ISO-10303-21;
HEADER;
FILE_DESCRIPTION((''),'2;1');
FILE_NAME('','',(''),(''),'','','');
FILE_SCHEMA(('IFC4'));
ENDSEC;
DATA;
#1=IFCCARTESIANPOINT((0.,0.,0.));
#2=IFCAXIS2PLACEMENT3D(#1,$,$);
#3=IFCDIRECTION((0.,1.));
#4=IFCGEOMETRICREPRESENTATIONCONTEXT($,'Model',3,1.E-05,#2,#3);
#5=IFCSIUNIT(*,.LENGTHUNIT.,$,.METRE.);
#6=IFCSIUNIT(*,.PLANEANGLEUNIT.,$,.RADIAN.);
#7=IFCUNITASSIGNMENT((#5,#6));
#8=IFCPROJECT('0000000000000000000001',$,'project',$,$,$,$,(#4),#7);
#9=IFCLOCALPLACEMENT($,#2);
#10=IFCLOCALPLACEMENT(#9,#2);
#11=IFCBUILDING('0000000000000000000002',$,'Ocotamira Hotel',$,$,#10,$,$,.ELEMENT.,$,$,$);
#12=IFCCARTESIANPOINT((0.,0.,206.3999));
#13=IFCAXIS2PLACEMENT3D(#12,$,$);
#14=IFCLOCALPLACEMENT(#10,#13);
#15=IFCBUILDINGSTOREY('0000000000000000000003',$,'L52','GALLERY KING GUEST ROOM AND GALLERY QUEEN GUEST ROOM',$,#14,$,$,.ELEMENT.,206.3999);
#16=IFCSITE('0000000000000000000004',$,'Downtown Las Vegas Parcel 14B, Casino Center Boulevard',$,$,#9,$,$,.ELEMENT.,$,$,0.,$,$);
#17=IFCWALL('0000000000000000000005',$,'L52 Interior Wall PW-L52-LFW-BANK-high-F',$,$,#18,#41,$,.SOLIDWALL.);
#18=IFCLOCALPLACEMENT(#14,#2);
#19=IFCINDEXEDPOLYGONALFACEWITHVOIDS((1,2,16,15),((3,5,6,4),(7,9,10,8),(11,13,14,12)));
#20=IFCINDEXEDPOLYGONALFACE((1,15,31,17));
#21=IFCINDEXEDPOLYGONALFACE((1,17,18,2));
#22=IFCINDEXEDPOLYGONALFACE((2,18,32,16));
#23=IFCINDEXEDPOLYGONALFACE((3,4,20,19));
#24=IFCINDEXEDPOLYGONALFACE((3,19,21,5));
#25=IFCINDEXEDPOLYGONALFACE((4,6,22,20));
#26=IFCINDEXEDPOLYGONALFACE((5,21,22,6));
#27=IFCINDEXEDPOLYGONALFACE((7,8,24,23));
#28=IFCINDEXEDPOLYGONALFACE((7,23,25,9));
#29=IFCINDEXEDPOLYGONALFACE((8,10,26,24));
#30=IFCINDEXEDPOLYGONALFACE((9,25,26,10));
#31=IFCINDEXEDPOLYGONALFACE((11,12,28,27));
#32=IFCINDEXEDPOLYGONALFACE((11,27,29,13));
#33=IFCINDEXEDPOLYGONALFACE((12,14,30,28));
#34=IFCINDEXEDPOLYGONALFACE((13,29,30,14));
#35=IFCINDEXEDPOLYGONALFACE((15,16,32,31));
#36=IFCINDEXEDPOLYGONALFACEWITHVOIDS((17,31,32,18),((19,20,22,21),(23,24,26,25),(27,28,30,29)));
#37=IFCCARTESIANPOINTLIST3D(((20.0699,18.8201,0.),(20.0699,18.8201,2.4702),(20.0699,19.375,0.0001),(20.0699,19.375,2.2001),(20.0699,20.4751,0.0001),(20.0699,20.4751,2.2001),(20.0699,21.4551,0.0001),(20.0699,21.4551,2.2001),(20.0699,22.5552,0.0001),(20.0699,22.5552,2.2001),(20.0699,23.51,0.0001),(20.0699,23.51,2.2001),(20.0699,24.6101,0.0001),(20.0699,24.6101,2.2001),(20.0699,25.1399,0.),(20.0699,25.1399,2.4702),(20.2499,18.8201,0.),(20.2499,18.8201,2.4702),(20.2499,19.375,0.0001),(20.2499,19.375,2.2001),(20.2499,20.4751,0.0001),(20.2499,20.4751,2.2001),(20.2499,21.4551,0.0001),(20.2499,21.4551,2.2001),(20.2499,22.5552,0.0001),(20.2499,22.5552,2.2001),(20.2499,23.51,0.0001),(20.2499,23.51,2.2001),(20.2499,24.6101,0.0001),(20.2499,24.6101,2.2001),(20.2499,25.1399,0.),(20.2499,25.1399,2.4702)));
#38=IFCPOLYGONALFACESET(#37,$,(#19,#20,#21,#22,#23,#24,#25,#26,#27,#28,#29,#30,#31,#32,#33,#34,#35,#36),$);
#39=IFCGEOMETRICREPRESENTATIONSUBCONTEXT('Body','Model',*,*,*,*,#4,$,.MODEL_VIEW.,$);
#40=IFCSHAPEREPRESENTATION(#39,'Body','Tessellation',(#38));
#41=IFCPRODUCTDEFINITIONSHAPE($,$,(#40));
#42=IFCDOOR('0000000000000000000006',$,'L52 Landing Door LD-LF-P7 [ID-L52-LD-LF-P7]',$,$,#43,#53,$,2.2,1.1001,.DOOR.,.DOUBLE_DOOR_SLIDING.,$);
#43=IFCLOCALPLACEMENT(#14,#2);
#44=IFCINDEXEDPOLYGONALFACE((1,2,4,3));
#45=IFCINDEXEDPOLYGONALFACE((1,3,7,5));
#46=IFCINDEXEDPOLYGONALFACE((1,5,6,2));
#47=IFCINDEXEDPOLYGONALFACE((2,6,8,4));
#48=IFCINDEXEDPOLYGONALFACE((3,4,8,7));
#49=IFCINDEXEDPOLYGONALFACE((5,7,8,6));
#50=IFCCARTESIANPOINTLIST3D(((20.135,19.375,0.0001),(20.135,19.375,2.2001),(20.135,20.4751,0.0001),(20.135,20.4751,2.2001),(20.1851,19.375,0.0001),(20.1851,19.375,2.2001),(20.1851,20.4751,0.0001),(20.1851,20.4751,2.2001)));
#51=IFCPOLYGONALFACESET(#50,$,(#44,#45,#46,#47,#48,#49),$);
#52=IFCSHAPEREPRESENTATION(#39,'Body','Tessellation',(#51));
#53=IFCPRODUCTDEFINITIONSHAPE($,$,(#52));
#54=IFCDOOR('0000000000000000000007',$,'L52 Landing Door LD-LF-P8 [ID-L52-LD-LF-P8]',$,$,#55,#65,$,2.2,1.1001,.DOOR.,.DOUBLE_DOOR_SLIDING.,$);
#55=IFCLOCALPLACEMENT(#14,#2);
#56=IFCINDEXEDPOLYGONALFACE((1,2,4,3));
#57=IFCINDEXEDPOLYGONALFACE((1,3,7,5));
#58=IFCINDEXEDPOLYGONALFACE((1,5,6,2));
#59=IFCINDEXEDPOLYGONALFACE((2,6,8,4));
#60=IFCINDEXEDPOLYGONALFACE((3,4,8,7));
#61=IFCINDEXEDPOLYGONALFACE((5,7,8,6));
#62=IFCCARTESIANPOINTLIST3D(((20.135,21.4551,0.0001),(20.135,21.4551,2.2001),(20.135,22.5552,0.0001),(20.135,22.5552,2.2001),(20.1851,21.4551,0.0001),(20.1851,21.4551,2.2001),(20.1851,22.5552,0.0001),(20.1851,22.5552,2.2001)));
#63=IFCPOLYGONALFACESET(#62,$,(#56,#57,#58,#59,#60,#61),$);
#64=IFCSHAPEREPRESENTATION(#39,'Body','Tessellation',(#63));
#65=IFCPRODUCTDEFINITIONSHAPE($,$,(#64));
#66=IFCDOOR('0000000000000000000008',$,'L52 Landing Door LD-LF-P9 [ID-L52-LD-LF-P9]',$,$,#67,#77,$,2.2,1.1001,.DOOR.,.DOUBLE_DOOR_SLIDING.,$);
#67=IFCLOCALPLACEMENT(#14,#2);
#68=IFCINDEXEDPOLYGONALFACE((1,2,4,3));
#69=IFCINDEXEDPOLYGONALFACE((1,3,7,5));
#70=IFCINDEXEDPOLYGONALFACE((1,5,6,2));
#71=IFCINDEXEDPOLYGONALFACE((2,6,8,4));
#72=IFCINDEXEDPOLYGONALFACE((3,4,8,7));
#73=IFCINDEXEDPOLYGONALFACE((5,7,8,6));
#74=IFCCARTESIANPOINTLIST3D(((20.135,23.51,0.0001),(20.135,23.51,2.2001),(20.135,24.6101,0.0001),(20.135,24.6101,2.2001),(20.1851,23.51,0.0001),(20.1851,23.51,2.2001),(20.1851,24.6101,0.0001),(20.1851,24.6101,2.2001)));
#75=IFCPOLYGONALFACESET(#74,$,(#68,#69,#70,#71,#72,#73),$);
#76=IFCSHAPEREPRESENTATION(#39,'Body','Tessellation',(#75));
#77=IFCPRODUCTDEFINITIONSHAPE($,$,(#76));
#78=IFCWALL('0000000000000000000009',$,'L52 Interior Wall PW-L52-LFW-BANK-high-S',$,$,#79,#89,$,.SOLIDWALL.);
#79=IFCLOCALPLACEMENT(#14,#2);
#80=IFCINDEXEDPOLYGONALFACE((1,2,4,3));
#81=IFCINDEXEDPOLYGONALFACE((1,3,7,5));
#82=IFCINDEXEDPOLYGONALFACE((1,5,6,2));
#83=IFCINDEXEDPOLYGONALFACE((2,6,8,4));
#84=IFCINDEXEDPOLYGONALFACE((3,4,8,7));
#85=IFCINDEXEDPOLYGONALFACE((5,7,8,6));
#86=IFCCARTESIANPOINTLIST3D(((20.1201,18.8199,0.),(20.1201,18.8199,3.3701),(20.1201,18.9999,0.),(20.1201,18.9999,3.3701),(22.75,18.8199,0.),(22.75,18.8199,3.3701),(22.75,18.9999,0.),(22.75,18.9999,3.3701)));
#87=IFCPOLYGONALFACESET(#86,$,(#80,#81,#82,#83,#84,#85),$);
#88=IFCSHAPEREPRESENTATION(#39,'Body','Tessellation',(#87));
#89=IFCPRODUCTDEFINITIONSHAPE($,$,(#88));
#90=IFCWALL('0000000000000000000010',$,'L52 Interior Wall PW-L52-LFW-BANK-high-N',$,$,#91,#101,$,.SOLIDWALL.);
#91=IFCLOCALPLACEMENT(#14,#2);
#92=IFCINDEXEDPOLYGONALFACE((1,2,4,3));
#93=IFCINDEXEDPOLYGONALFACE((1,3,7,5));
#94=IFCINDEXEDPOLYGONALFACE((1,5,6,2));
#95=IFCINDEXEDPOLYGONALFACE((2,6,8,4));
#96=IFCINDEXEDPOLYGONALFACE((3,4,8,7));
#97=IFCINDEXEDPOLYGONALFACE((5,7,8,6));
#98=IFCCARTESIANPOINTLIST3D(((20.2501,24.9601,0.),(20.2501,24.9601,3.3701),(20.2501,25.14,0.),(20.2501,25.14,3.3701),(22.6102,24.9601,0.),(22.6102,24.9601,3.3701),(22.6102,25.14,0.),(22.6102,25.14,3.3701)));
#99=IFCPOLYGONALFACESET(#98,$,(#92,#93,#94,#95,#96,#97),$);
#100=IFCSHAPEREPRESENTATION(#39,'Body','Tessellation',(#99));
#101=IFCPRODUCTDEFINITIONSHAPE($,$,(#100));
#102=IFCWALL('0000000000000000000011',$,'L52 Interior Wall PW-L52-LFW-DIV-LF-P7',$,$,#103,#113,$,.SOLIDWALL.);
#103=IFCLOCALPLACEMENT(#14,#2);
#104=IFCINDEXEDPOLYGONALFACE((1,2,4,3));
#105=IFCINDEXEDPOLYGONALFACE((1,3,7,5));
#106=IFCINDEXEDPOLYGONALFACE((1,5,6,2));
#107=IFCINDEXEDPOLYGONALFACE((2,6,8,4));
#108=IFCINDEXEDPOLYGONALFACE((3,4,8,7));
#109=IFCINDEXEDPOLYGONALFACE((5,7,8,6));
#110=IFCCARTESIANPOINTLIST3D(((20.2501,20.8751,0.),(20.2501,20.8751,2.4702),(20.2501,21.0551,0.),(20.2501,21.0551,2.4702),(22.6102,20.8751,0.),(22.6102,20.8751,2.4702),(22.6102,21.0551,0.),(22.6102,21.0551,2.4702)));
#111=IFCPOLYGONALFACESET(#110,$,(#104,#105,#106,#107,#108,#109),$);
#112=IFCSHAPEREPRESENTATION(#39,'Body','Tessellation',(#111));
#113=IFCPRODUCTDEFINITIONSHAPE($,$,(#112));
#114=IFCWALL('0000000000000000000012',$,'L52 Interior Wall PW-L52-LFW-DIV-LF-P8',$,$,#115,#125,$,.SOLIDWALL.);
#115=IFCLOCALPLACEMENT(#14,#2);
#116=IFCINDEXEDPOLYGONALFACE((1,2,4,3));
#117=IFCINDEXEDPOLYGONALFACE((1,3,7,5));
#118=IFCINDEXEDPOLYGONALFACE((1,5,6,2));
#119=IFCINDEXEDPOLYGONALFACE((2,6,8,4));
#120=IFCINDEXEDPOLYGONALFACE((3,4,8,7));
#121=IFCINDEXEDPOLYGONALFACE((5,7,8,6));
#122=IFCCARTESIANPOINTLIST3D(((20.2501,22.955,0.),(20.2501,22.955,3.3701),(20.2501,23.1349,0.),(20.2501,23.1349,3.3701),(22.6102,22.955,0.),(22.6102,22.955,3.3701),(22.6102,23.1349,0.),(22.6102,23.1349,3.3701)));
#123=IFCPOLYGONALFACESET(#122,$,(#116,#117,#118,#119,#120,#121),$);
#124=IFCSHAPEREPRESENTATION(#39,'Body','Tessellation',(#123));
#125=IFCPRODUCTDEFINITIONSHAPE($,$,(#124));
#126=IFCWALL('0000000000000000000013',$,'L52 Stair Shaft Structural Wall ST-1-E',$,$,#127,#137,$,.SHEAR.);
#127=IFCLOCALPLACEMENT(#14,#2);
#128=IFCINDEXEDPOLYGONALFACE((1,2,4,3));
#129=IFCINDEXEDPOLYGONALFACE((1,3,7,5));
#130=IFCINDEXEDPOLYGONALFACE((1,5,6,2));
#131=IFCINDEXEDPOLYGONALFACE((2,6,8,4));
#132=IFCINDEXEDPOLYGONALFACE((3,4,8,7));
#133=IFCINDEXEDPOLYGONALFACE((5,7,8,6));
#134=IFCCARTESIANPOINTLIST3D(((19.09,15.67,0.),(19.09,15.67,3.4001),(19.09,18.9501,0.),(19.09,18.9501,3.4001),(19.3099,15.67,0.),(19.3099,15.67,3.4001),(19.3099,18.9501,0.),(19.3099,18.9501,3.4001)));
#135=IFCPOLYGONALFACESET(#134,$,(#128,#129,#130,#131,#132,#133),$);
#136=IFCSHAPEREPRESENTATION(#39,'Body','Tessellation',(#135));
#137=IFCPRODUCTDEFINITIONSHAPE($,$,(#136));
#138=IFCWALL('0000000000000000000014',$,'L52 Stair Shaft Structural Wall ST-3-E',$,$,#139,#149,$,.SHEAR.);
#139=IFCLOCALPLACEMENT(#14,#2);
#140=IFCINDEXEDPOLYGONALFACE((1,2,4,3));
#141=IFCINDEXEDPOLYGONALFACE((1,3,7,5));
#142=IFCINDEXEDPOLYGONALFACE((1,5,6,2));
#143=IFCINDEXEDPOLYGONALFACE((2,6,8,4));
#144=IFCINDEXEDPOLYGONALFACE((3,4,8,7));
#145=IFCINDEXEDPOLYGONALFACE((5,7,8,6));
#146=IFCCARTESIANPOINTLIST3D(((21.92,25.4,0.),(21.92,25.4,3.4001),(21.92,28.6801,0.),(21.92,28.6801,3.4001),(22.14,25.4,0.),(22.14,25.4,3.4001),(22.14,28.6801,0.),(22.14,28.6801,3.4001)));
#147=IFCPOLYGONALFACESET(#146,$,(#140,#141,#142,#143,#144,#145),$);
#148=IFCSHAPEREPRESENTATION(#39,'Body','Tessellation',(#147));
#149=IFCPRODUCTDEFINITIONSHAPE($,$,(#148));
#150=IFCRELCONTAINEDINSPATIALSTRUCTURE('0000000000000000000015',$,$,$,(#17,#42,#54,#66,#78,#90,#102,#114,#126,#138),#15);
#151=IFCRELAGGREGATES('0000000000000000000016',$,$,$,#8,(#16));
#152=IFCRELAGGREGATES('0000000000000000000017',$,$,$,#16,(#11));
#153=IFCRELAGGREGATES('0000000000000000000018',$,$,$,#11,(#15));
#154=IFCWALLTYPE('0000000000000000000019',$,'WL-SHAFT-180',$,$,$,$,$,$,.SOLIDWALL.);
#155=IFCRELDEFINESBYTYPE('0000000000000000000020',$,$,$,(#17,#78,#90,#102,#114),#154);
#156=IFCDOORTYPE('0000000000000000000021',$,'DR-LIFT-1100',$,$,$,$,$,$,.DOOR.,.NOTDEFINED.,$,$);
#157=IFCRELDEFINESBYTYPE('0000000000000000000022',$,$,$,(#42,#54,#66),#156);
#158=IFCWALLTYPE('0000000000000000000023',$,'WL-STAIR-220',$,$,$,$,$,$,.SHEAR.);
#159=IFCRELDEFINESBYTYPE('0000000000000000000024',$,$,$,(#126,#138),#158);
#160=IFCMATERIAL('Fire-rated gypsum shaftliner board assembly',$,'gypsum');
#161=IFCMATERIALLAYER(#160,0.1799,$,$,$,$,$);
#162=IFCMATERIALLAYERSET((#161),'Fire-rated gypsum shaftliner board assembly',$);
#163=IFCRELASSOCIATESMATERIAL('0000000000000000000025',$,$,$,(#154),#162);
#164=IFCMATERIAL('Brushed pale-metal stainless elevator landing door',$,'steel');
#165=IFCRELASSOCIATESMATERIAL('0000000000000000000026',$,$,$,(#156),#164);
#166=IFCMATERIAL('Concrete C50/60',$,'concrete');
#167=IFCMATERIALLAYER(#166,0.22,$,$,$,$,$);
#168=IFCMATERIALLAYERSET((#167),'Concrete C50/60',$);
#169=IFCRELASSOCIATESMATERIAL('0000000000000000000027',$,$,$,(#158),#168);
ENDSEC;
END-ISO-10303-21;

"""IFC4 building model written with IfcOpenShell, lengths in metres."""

from ifc_helpers import new_model, si_unit, direction, frame, frame_2d, origin, place, context, subcontext, project, spatial, rectangle, extrude, source, transform, mapped, material, layer, layer_set, type_object, element, fill, save


model = new_model("IFC4")

# Units and contexts
model_context = context("Model", 3, precision=1e-05, world=origin(), true_north=direction((0.0, 1.0)))
body_context = subcontext(model_context, "Body", "Model", "MODEL_VIEW")
ifc_project = project(units=[si_unit("LENGTHUNIT", "METRE"), si_unit("PLANEANGLEUNIT", "RADIAN")], contexts=[model_context])

# Site, building, storey
site_placement = place(None, origin())
site = spatial("IfcSite", under=ifc_project, at=site_placement, Name="Downtown Las Vegas Parcel 14B, Casino Center Boulevard", CompositionType="ELEMENT", RefElevation=0.0)
building_placement = place(site_placement, origin())
building = spatial("IfcBuilding", under=site, at=building_placement, Name="Ocotamira Hotel", CompositionType="ELEMENT")
storey_placement = place(building_placement, frame((0.0, 0.0, 206.3999)))
storey = spatial("IfcBuildingStorey", under=building, at=storey_placement, Name="L52", Description="GALLERY KING GUEST ROOM AND GALLERY QUEEN GUEST ROOM", CompositionType="ELEMENT", Elevation=206.3999)

# Shared definitions
ifc_material_1 = material(Name="Concrete C50/60", Category="concrete")

# Wall, openings, doors
ifc_material_2 = material(Name="Fire-rated gypsum shaftliner board assembly", Category="gypsum")
ifc_layer_1 = layer(ifc_material_2, 0.1799)
ifc_layer_set_1 = layer_set([ifc_layer_1], Name="Fire-rated gypsum shaftliner board assembly")
wall_type_1 = type_object("IfcWallType", Name="WL-SHAFT-180", PredefinedType="SOLIDWALL", material=ifc_layer_set_1)
wall_1_placement = place(storey_placement, frame((20.1599, 18.8201, 0.0), z_axis=(0.0, 0.0, 1.0), x_axis=(0.0, 1.0, 0.0)))
wall_1 = element("IfcWall", 1, at=wall_1_placement, inside=storey, type_object=wall_type_1, Name="L52 Interior Wall PW-L52-LFW-BANK-high-F", PredefinedType="SOLIDWALL", context=body_context, shape_type="SweptSolid", body=[
    extrude(rectangle(XDim=6.3198, YDim=0.1799, at=frame_2d((3.1599, 0.0))), origin(), (0.0, 0.0, 1.0), 2.4702),
])
opening_1_placement = place(wall_1_placement, frame((0.5549, 0.0, 0.0)))
opening_1 = element("IfcOpeningElement", 2, at=opening_1_placement, cuts=wall_1, PredefinedType="OPENING", context=body_context, shape_type="SweptSolid", body=[
    extrude(rectangle(XDim=1.1001, YDim=2.2, at=frame_2d((0.55, 1.1001))), frame((0.0, 0.1001, 0.0), z_axis=(0.0, -1.0, 0.0), x_axis=(1.0, 0.0, 0.0)), (0.0, 0.0, 1.0), 0.2),
])
opening_2_placement = place(wall_1_placement, frame((2.635, 0.0, 0.0)))
opening_2 = element("IfcOpeningElement", 3, at=opening_2_placement, cuts=wall_1, PredefinedType="OPENING", context=body_context, shape_type="SweptSolid", body=[
    extrude(rectangle(XDim=1.1001, YDim=2.2, at=frame_2d((0.55, 1.1001))), frame((0.0, 0.1001, 0.0), z_axis=(0.0, -1.0, 0.0), x_axis=(1.0, 0.0, 0.0)), (0.0, 0.0, 1.0), 0.2),
])
opening_3_placement = place(wall_1_placement, frame((4.6899, 0.0, 0.0)))
opening_3 = element("IfcOpeningElement", 4, at=opening_3_placement, cuts=wall_1, PredefinedType="OPENING", context=body_context, shape_type="SweptSolid", body=[
    extrude(rectangle(XDim=1.1001, YDim=2.2, at=frame_2d((0.55, 1.1001))), frame((0.0, 0.1001, 0.0), z_axis=(0.0, -1.0, 0.0), x_axis=(1.0, 0.0, 0.0)), (0.0, 0.0, 1.0), 0.2),
])
ifc_material_3 = material(Name="Brushed pale-metal stainless elevator landing door", Category="steel")
door_type = type_object("IfcDoorType", Name="DR-LIFT-1100", OperationType="NOTDEFINED", PredefinedType="DOOR", material=ifc_material_3)
shared_shape_1 = source(origin(), body_context, "Body", "SweptSolid", [
    extrude(rectangle(XDim=1.1001, YDim=2.2, at=frame_2d((0.55, 1.1001))), frame((0.0, 0.0249, 0.0), z_axis=(0.0, -1.0, 0.0), x_axis=(1.0, 0.0, 0.0)), (0.0, 0.0, 1.0), 0.05),
])
door_1_placement = place(opening_1_placement, origin())
door_1 = element("IfcDoor", 5, at=door_1_placement, inside=storey, type_object=door_type, Name="L52 Landing Door LD-LF-P7 [ID-L52-LD-LF-P7]", OperationType="DOUBLE_DOOR_SLIDING", OverallHeight=2.2, OverallWidth=1.1001, PredefinedType="DOOR", context=body_context, shape_type="MappedRepresentation", body=[
    mapped(shared_shape_1, transform((0.0, 0.0, 0.0), scale=1.0)),
])
fill(opening_1, door_1)
door_2_placement = place(opening_2_placement, origin())
door_2 = element("IfcDoor", 6, at=door_2_placement, inside=storey, type_object=door_type, Name="L52 Landing Door LD-LF-P8 [ID-L52-LD-LF-P8]", OperationType="DOUBLE_DOOR_SLIDING", OverallHeight=2.2, OverallWidth=1.1001, PredefinedType="DOOR", context=body_context, shape_type="MappedRepresentation", body=[
    mapped(shared_shape_1, transform((0.0, 0.0, 0.0), scale=1.0)),
])
fill(opening_2, door_2)
door_3_placement = place(opening_3_placement, origin())
door_3 = element("IfcDoor", 7, at=door_3_placement, inside=storey, type_object=door_type, Name="L52 Landing Door LD-LF-P9 [ID-L52-LD-LF-P9]", OperationType="DOUBLE_DOOR_SLIDING", OverallHeight=2.2, OverallWidth=1.1001, PredefinedType="DOOR", context=body_context, shape_type="MappedRepresentation", body=[
    mapped(shared_shape_1, transform((0.0, 0.0, 0.0), scale=1.0)),
])
fill(opening_3, door_3)

# Walls
wall_2_placement = place(storey_placement, frame((20.1201, 18.9099, 0.0), z_axis=(0.0, 0.0, 1.0), x_axis=(1.0, 0.0, 0.0)))
element("IfcWall", 8, at=wall_2_placement, inside=storey, type_object=wall_type_1, Name="L52 Interior Wall PW-L52-LFW-BANK-high-S", PredefinedType="SOLIDWALL", context=body_context, shape_type="SweptSolid", body=[
    extrude(rectangle(XDim=2.6299, YDim=0.1799, at=frame_2d((1.3149, 0.0))), origin(), (0.0, 0.0, 1.0), 3.3701),
])
wall_3_placement = place(storey_placement, frame((20.25, 25.05, 0.0), z_axis=(0.0, 0.0, 1.0), x_axis=(1.0, 0.0, 0.0)))
element("IfcWall", 9, at=wall_3_placement, inside=storey, type_object=wall_type_1, Name="L52 Interior Wall PW-L52-LFW-BANK-high-N", PredefinedType="SOLIDWALL", context=body_context, shape_type="SweptSolid", body=[
    extrude(rectangle(XDim=2.3601, YDim=0.1799, at=frame_2d((1.1802, 0.0))), origin(), (0.0, 0.0, 1.0), 3.3701),
])
wall_4_placement = place(storey_placement, frame((20.25, 20.9651, 0.0), z_axis=(0.0, 0.0, 1.0), x_axis=(1.0, 0.0, 0.0)))
element("IfcWall", 10, at=wall_4_placement, inside=storey, type_object=wall_type_1, Name="L52 Interior Wall PW-L52-LFW-DIV-LF-P7", PredefinedType="SOLIDWALL", context=body_context, shape_type="SweptSolid", body=[
    extrude(rectangle(XDim=2.3601, YDim=0.1799, at=frame_2d((1.1802, 0.0))), origin(), (0.0, 0.0, 1.0), 2.4702),
])
wall_5_placement = place(storey_placement, frame((20.25, 23.0449, 0.0), z_axis=(0.0, 0.0, 1.0), x_axis=(1.0, 0.0, 0.0)))
element("IfcWall", 11, at=wall_5_placement, inside=storey, type_object=wall_type_1, Name="L52 Interior Wall PW-L52-LFW-DIV-LF-P8", PredefinedType="SOLIDWALL", context=body_context, shape_type="SweptSolid", body=[
    extrude(rectangle(XDim=2.3601, YDim=0.1799, at=frame_2d((1.1802, 0.0))), origin(), (0.0, 0.0, 1.0), 3.3701),
])
ifc_layer_2 = layer(ifc_material_1, 0.22)
ifc_layer_set_2 = layer_set([ifc_layer_2], Name="Concrete C50/60")
wall_type_2 = type_object("IfcWallType", Name="WL-STAIR-220", PredefinedType="SHEAR", material=ifc_layer_set_2)
for number, where, z_axis, x_axis, name in (
    (12, (19.2, 15.6699, 0.0), (0.0, 0.0, 1.0), (0.0, 1.0, 0.0), "L52 Stair Shaft Structural Wall ST-1-E"),
    (13, (22.03, 25.3999, 0.0), (0.0, 0.0, 1.0), (0.0, 1.0, 0.0), "L52 Stair Shaft Structural Wall ST-3-E"),
):
    element("IfcWall", number, at=place(storey_placement, frame(where, z_axis=z_axis, x_axis=x_axis)), inside=storey, type_object=wall_type_2, Name=name, PredefinedType="SHEAR", context=body_context, shape_type="SweptSolid", body=[
        extrude(rectangle(XDim=3.28, YDim=0.22, at=frame_2d((1.6401, 0.0))), origin(), (0.0, 0.0, 1.0), 3.4001),
    ])

save(model, "model.ifc")
